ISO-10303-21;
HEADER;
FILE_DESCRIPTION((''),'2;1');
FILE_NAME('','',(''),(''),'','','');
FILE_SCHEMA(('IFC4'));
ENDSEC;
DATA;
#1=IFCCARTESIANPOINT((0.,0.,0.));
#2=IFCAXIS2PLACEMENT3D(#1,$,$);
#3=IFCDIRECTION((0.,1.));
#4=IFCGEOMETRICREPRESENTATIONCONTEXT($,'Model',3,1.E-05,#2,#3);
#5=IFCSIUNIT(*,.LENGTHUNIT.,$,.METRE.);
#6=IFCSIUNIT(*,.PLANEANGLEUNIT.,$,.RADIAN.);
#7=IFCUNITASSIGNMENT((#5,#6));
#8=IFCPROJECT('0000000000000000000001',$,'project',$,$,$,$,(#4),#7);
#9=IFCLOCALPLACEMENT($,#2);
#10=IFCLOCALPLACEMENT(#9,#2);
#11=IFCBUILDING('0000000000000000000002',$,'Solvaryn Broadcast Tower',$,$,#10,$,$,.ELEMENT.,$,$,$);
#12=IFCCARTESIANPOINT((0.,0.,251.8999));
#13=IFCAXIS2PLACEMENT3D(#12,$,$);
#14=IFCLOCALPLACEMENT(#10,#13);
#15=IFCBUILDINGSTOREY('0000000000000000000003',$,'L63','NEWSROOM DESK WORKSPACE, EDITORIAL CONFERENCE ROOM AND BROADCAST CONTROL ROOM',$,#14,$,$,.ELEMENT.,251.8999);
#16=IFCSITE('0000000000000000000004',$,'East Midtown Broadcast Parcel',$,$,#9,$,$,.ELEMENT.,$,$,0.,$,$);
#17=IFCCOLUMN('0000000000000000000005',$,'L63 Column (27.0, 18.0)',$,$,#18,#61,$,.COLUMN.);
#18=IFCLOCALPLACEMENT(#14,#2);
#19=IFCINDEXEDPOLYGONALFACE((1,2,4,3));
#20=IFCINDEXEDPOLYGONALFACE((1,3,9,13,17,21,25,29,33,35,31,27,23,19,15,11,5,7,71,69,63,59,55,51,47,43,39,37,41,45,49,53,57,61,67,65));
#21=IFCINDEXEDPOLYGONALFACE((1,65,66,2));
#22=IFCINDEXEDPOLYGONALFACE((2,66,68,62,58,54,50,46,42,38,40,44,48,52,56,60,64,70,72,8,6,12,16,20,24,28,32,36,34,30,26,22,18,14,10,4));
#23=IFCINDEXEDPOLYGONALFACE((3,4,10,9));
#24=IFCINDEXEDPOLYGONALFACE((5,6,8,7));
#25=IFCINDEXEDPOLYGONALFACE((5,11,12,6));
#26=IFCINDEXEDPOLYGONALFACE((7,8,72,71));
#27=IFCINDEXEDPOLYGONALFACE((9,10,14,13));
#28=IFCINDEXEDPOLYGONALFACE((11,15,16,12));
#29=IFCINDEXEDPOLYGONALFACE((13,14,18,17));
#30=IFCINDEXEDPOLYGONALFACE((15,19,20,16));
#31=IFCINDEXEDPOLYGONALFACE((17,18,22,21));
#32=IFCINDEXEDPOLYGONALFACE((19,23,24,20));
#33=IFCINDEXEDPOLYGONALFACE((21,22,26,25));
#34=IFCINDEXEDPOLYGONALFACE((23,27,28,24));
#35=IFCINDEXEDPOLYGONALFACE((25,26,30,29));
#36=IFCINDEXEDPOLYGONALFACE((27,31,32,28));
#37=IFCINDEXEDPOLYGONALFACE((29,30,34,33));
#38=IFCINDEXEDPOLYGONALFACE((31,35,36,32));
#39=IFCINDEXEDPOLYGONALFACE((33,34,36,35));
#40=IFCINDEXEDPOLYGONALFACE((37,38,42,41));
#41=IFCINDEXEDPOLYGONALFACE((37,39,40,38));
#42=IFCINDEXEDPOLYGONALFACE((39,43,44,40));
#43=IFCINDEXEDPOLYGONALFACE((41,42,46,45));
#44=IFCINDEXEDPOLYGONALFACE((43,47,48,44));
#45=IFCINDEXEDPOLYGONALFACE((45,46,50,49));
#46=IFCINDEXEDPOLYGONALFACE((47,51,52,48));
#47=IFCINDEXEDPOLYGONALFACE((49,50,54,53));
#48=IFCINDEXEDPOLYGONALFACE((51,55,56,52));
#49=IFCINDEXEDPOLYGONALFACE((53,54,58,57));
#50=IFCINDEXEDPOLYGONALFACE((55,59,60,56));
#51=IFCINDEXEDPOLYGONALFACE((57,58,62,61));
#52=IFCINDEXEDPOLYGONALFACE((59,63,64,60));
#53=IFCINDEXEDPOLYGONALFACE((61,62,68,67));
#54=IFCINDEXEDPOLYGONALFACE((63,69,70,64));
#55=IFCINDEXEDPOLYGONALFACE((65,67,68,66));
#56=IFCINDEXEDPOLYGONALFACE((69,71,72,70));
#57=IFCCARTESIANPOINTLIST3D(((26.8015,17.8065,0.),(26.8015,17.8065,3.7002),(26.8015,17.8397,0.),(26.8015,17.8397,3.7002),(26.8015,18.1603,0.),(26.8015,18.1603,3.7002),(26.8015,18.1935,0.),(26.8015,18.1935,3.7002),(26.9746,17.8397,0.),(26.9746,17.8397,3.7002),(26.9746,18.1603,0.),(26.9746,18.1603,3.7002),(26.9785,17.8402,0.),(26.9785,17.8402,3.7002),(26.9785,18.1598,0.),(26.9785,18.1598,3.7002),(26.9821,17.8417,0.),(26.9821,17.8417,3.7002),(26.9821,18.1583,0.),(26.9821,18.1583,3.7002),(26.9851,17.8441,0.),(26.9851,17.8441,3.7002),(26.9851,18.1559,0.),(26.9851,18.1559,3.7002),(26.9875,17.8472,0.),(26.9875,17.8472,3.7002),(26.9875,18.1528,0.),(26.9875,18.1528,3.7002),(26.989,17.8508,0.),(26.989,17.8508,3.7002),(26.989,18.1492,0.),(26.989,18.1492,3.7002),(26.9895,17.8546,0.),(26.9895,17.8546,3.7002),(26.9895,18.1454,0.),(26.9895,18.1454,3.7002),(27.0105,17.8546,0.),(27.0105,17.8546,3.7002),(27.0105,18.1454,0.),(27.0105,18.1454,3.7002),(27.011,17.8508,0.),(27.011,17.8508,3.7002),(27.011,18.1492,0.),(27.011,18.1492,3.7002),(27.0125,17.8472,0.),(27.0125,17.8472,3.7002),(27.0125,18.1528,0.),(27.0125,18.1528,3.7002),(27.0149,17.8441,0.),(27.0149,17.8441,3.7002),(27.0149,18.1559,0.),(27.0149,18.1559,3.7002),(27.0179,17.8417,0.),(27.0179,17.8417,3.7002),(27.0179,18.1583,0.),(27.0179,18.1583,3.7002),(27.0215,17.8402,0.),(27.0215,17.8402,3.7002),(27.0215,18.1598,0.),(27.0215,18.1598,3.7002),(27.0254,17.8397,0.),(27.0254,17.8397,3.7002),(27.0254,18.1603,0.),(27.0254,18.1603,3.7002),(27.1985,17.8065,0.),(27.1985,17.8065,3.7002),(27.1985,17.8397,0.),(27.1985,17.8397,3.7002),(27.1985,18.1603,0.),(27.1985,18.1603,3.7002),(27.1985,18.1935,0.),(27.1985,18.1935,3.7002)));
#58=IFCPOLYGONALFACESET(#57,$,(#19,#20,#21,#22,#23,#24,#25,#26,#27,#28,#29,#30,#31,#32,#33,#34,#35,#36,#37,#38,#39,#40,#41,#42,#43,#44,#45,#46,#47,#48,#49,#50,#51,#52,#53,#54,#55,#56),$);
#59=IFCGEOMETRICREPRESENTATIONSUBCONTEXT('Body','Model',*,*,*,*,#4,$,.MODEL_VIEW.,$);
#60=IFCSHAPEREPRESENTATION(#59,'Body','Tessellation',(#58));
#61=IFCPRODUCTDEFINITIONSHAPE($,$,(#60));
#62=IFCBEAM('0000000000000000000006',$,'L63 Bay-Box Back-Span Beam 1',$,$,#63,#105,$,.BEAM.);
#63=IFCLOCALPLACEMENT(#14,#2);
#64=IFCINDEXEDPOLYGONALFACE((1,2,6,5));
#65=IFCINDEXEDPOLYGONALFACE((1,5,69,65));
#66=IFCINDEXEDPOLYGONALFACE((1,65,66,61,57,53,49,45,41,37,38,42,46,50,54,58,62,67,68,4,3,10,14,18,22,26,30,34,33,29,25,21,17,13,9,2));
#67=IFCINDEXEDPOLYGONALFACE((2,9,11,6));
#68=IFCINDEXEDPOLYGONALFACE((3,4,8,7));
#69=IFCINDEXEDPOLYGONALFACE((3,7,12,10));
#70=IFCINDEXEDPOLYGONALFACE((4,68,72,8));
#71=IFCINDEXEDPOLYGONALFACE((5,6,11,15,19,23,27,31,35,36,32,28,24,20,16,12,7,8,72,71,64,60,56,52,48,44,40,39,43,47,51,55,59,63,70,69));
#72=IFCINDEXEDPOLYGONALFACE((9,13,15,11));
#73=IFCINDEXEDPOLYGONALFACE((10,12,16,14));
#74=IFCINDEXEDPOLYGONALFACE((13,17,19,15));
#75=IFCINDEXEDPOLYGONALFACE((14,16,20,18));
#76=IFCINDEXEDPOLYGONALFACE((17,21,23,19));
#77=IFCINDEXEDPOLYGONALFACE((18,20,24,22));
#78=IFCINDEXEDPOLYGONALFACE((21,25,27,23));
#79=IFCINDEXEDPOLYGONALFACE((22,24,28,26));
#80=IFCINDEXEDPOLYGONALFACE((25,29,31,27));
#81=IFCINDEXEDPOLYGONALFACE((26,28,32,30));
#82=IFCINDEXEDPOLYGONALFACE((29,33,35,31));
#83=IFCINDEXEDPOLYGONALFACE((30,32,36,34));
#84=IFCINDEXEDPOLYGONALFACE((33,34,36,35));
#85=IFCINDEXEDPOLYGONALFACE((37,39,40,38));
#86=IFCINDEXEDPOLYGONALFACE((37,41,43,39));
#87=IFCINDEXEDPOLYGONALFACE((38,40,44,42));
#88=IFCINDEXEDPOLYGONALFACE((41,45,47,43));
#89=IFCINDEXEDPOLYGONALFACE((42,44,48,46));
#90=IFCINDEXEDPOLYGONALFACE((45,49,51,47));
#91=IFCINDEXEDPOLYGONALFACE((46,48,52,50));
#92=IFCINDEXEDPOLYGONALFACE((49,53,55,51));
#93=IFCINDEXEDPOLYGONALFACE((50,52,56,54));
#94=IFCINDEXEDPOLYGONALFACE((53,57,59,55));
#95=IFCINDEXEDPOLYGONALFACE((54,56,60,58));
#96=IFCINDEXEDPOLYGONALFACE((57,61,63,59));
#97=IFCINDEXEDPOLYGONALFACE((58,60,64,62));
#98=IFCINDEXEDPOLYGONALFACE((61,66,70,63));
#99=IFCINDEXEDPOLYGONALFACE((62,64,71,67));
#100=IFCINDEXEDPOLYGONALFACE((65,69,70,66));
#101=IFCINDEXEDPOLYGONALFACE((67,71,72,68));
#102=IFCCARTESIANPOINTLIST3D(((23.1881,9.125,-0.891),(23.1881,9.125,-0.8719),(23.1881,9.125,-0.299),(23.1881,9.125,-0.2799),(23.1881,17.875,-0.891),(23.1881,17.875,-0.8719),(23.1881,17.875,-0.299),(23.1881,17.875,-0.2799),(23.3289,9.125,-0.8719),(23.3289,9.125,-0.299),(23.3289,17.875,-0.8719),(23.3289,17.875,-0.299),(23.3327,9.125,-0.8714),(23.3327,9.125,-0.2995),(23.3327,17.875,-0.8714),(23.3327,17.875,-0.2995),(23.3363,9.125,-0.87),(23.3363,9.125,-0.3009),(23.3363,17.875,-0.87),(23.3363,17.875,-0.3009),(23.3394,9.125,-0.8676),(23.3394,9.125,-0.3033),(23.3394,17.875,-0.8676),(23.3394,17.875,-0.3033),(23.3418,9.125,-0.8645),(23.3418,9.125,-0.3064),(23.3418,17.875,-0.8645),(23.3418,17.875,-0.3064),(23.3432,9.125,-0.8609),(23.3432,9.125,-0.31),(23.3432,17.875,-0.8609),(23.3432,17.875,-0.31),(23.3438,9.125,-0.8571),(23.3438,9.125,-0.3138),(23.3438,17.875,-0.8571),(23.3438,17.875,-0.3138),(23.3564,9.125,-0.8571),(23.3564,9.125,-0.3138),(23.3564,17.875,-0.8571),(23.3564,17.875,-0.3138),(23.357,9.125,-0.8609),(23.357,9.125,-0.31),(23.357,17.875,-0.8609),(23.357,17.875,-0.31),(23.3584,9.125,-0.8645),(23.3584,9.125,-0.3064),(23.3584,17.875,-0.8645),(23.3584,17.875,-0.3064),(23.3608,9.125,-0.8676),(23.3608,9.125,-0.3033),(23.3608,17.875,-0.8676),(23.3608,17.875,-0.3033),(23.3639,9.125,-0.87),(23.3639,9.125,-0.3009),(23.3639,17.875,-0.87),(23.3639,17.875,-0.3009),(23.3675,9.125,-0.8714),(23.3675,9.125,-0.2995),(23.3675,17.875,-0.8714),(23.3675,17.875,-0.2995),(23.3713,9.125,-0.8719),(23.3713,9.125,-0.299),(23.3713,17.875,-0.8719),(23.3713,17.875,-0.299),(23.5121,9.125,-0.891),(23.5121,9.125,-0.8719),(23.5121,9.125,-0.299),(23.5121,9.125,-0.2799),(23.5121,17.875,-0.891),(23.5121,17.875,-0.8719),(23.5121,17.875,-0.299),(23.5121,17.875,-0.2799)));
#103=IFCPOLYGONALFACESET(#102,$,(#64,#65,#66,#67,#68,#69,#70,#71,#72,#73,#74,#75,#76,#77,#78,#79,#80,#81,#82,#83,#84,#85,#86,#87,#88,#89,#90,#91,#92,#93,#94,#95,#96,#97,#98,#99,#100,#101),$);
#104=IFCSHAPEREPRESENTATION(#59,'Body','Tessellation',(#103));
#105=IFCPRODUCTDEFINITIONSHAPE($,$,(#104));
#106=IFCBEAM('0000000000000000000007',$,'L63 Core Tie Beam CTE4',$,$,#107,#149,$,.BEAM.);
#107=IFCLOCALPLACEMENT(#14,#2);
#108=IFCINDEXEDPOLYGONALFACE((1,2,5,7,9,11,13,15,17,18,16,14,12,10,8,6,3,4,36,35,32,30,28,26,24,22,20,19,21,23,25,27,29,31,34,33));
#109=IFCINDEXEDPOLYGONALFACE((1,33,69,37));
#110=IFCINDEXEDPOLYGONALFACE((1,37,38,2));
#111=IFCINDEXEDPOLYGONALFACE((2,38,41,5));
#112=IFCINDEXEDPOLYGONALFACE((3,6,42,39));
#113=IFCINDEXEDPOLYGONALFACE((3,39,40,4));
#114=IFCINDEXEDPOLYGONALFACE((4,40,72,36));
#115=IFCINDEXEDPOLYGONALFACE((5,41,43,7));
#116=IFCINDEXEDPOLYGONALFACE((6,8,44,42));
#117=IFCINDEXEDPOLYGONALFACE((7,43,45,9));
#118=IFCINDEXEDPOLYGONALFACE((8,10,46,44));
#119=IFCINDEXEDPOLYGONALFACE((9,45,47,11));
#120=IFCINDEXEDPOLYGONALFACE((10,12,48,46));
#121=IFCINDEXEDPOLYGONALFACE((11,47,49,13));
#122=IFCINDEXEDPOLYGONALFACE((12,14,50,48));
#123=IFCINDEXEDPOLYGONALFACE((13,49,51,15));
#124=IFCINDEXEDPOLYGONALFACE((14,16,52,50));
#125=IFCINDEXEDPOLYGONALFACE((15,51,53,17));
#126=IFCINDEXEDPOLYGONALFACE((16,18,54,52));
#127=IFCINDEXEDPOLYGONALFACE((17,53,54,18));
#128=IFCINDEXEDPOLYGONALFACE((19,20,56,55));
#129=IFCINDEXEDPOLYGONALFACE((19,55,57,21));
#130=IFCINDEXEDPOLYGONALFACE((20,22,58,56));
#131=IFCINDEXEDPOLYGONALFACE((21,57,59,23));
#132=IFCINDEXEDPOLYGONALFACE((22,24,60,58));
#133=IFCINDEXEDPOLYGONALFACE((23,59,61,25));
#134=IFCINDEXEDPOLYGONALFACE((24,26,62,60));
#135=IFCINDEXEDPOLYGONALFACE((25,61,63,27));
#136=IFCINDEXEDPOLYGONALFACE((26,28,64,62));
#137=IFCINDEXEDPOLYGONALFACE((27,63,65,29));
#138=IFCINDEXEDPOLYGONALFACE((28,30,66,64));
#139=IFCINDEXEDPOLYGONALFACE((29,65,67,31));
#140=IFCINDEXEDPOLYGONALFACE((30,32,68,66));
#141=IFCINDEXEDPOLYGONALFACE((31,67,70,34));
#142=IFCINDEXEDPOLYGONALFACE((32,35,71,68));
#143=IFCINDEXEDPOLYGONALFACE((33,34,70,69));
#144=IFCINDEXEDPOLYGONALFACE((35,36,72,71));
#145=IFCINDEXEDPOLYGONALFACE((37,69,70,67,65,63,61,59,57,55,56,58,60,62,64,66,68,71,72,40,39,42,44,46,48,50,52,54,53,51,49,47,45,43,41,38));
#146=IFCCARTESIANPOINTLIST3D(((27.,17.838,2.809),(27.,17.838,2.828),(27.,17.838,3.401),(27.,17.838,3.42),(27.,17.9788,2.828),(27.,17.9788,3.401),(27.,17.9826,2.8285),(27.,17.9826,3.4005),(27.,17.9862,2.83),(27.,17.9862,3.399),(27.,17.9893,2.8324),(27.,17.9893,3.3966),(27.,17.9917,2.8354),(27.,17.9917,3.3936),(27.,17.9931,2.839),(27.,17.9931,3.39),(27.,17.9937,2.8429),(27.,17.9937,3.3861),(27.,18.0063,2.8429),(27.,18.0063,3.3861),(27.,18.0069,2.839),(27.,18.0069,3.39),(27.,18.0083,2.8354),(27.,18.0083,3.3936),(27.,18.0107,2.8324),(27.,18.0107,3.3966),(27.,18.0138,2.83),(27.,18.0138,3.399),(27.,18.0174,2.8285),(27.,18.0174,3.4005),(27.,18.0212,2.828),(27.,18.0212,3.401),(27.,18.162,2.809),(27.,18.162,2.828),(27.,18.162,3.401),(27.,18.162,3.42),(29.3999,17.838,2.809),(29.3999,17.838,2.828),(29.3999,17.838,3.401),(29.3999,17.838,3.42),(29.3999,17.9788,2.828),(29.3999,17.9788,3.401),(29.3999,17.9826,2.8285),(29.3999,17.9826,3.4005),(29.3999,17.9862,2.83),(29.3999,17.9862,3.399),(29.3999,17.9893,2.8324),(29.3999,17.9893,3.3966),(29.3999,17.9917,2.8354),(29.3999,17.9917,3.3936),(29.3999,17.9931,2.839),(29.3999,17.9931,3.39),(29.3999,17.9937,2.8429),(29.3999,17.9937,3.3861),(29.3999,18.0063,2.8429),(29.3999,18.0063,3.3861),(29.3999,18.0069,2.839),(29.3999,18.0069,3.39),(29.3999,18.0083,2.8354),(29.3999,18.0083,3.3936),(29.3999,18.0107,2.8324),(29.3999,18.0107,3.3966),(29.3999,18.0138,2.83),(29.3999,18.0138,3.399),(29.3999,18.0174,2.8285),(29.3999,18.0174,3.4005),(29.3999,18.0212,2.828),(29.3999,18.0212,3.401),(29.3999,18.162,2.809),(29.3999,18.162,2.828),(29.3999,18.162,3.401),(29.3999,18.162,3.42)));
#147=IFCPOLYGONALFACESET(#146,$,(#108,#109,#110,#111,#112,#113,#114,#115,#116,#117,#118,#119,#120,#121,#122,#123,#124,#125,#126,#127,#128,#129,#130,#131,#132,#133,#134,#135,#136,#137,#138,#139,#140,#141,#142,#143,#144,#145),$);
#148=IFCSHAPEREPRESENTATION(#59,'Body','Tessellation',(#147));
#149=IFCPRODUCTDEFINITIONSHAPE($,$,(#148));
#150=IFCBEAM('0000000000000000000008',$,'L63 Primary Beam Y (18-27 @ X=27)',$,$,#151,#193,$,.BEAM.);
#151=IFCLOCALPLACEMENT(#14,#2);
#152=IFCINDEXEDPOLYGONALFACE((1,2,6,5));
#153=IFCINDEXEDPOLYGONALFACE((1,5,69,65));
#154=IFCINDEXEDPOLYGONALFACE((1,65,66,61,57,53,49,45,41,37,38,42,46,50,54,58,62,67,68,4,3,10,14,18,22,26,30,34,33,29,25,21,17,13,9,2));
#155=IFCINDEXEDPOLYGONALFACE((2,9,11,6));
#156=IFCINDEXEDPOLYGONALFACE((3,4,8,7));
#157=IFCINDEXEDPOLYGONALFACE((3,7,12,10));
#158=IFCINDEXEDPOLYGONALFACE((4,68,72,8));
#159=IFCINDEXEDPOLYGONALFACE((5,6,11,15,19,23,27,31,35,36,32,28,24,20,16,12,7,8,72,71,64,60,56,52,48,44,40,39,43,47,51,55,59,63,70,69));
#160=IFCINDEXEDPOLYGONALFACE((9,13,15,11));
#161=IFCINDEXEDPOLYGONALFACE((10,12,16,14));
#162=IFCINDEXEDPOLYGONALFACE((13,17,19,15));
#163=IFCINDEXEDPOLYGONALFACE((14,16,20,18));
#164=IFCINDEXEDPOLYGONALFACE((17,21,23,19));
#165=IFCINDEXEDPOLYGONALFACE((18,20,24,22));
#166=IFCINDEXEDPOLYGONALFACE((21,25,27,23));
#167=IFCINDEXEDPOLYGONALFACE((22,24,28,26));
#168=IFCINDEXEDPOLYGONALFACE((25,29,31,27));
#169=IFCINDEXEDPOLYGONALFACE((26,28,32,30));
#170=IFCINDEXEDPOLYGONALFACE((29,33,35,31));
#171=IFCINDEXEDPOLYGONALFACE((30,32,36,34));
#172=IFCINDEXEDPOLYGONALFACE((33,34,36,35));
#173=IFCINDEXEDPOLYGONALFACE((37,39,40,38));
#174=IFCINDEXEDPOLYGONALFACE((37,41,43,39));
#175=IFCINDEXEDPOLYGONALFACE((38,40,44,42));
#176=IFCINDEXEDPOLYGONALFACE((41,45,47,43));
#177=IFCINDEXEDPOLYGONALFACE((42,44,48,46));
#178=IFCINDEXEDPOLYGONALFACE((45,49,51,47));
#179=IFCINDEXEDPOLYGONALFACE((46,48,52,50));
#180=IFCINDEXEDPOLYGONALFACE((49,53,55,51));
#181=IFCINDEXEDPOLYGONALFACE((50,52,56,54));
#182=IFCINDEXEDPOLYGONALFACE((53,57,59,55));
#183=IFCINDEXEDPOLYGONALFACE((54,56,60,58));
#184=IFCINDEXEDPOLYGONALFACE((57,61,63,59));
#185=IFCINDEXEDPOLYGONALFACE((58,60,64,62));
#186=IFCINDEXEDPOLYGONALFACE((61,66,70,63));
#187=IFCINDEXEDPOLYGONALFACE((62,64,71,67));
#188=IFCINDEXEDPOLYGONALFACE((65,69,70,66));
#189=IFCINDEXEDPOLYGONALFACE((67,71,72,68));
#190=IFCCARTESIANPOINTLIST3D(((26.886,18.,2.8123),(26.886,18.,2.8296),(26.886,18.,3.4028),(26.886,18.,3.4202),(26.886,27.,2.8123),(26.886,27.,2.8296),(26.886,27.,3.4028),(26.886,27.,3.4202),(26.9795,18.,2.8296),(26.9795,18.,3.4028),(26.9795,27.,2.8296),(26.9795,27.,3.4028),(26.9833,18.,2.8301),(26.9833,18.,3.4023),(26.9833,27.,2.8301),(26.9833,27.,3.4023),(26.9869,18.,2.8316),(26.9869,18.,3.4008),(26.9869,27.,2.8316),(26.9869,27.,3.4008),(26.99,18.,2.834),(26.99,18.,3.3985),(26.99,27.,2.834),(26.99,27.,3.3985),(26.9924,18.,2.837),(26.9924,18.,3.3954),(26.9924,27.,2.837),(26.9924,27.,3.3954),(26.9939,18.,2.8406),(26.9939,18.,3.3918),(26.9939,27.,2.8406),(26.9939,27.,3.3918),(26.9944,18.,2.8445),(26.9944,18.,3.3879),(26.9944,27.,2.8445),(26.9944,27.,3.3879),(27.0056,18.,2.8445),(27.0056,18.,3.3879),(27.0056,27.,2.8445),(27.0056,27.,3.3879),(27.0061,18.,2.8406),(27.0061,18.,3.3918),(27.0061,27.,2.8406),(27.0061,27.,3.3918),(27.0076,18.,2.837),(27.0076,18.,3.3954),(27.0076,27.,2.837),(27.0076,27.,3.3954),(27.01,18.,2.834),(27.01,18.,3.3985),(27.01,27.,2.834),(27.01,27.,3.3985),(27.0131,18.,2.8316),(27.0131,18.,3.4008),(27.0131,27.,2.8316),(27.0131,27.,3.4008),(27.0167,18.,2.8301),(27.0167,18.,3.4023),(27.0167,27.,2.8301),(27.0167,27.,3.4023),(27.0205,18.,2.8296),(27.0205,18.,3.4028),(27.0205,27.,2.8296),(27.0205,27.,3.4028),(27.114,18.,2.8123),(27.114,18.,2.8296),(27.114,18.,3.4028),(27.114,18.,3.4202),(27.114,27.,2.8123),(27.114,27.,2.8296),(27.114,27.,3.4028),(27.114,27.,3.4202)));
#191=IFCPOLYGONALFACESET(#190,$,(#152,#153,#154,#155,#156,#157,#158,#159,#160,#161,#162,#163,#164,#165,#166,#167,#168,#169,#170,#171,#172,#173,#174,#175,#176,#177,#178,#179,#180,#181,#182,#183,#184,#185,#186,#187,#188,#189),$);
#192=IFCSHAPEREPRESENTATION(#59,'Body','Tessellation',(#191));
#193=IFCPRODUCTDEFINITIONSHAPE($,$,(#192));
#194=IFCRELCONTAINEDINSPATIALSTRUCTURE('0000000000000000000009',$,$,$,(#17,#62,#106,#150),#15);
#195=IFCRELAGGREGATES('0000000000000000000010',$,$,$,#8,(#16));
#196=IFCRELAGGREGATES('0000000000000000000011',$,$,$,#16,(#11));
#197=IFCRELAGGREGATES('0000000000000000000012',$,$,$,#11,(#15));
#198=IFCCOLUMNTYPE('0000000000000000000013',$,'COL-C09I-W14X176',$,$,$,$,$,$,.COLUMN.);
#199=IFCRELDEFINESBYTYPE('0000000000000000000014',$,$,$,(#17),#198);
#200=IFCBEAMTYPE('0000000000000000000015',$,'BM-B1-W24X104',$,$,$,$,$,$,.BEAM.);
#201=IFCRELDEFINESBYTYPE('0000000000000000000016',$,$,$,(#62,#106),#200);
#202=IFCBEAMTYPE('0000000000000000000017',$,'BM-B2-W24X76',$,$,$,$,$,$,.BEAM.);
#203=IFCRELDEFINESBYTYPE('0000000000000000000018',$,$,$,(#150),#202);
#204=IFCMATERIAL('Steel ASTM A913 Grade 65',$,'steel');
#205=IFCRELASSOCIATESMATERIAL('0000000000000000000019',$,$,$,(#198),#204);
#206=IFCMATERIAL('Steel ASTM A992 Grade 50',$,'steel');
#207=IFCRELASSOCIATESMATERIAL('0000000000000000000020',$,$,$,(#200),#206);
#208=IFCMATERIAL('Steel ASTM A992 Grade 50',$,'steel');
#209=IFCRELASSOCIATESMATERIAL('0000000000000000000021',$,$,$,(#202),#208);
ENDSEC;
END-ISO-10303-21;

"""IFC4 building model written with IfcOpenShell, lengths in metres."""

from ifc_helpers import new_model, si_unit, direction, frame, origin, origin_2d, place, context, subcontext, project, spatial, i_section, extrude, material, material_profile, profile_set, type_object, element, save


model = new_model("IFC4")

# Units and contexts
model_context = context("Model", 3, precision=1e-05, world=origin(), true_north=direction((0.0, 1.0)))
body_context = subcontext(model_context, "Body", "Model", "MODEL_VIEW")
ifc_project = project(units=[si_unit("LENGTHUNIT", "METRE"), si_unit("PLANEANGLEUNIT", "RADIAN")], contexts=[model_context])

# Site, building, storey
site_placement = place(None, origin())
site = spatial("IfcSite", under=ifc_project, at=site_placement, Name="East Midtown Broadcast Parcel", CompositionType="ELEMENT", RefElevation=0.0)
building_placement = place(site_placement, origin())
building = spatial("IfcBuilding", under=site, at=building_placement, Name="Solvaryn Broadcast Tower", CompositionType="ELEMENT")
storey_placement = place(building_placement, frame((0.0, 0.0, 251.8999)))
storey = spatial("IfcBuildingStorey", under=building, at=storey_placement, Name="L63", Description="NEWSROOM DESK WORKSPACE, EDITORIAL CONFERENCE ROOM AND BROADCAST CONTROL ROOM", CompositionType="ELEMENT", Elevation=251.8999)

# Column
ifc_material_1 = material(Name="Steel ASTM A913 Grade 65", Category="steel")
ifc_material_profile_1 = material_profile(ifc_material_1, i_section(OverallWidth=0.397, OverallDepth=0.387, WebThickness=0.021, FlangeThickness=0.0332, FilletRadius=0.0149, at=origin_2d()))
ifc_profile_set_1 = profile_set([ifc_material_profile_1], Name="Steel ASTM A913 Grade 65")
column_type = type_object("IfcColumnType", Name="COL-C09I-W14X176", PredefinedType="COLUMN", material=ifc_profile_set_1)
column_placement = place(storey_placement, frame((27.0, 18.0, 0.0), z_axis=(0.0, 0.0, 1.0), x_axis=(1.0, 0.0, 0.0)))
element("IfcColumn", 1, at=column_placement, inside=storey, type_object=column_type, Name="L63 Column (27.0, 18.0)", PredefinedType="COLUMN", context=body_context, shape_type="SweptSolid", body=[
    extrude(i_section(OverallWidth=0.397, OverallDepth=0.387, WebThickness=0.021, FlangeThickness=0.0332, FilletRadius=0.0149, at=origin_2d()), origin(), (0.0, 0.0, 1.0), 3.7002),
])

# Beams
ifc_material_2 = material(Name="Steel ASTM A992 Grade 50", Category="steel")
ifc_material_profile_2 = material_profile(ifc_material_2, i_section(OverallWidth=0.324, OverallDepth=0.6111, WebThickness=0.0127, FlangeThickness=0.019, FilletRadius=0.0149, at=origin_2d()))
ifc_profile_set_2 = profile_set([ifc_material_profile_2], Name="Steel ASTM A992 Grade 50")
beam_type_1 = type_object("IfcBeamType", Name="BM-B1-W24X104", PredefinedType="BEAM", material=ifc_profile_set_2)
beam_1_placement = place(storey_placement, frame((23.3501, 17.875, -0.5854), z_axis=(0.0, -1.0, 0.0), x_axis=(1.0, 0.0, 0.0)))
element("IfcBeam", 2, at=beam_1_placement, inside=storey, type_object=beam_type_1, Name="L63 Bay-Box Back-Span Beam 1", PredefinedType="BEAM", context=body_context, shape_type="SweptSolid", body=[
    extrude(i_section(OverallWidth=0.324, OverallDepth=0.6111, WebThickness=0.0127, FlangeThickness=0.019, FilletRadius=0.0149, at=origin_2d()), origin(), (0.0, 0.0, 1.0), 8.75),
])
beam_2_placement = place(storey_placement, frame((27.0, 18.0, 3.1145), z_axis=(1.0, 0.0, 0.0), x_axis=(0.0, 1.0, 0.0)))
element("IfcBeam", 3, at=beam_2_placement, inside=storey, type_object=beam_type_1, Name="L63 Core Tie Beam CTE4", PredefinedType="BEAM", context=body_context, shape_type="SweptSolid", body=[
    extrude(i_section(OverallWidth=0.324, OverallDepth=0.6111, WebThickness=0.0127, FlangeThickness=0.019, FilletRadius=0.0149, at=origin_2d()), origin(), (0.0, 0.0, 1.0), 2.3999),
])
ifc_material_3 = material(Name="Steel ASTM A992 Grade 50", Category="steel")
ifc_material_profile_3 = material_profile(ifc_material_3, i_section(OverallWidth=0.228, OverallDepth=0.6079, WebThickness=0.0112, FlangeThickness=0.0173, FilletRadius=0.0149, at=origin_2d()))
ifc_profile_set_3 = profile_set([ifc_material_profile_3], Name="Steel ASTM A992 Grade 50")
beam_type_2 = type_object("IfcBeamType", Name="BM-B2-W24X76", PredefinedType="BEAM", material=ifc_profile_set_3)
beam_3_placement = place(storey_placement, frame((27.0, 18.0, 3.1162), z_axis=(0.0, 1.0, 0.0), x_axis=(-1.0, 0.0, 0.0)))
element("IfcBeam", 4, at=beam_3_placement, inside=storey, type_object=beam_type_2, Name="L63 Primary Beam Y (18-27 @ X=27)", PredefinedType="BEAM", context=body_context, shape_type="SweptSolid", body=[
    extrude(i_section(OverallWidth=0.228, OverallDepth=0.6079, WebThickness=0.0112, FlangeThickness=0.0173, FilletRadius=0.0149, at=origin_2d()), origin(), (0.0, 0.0, 1.0), 9.0),
])

save(model, "model.ifc")
